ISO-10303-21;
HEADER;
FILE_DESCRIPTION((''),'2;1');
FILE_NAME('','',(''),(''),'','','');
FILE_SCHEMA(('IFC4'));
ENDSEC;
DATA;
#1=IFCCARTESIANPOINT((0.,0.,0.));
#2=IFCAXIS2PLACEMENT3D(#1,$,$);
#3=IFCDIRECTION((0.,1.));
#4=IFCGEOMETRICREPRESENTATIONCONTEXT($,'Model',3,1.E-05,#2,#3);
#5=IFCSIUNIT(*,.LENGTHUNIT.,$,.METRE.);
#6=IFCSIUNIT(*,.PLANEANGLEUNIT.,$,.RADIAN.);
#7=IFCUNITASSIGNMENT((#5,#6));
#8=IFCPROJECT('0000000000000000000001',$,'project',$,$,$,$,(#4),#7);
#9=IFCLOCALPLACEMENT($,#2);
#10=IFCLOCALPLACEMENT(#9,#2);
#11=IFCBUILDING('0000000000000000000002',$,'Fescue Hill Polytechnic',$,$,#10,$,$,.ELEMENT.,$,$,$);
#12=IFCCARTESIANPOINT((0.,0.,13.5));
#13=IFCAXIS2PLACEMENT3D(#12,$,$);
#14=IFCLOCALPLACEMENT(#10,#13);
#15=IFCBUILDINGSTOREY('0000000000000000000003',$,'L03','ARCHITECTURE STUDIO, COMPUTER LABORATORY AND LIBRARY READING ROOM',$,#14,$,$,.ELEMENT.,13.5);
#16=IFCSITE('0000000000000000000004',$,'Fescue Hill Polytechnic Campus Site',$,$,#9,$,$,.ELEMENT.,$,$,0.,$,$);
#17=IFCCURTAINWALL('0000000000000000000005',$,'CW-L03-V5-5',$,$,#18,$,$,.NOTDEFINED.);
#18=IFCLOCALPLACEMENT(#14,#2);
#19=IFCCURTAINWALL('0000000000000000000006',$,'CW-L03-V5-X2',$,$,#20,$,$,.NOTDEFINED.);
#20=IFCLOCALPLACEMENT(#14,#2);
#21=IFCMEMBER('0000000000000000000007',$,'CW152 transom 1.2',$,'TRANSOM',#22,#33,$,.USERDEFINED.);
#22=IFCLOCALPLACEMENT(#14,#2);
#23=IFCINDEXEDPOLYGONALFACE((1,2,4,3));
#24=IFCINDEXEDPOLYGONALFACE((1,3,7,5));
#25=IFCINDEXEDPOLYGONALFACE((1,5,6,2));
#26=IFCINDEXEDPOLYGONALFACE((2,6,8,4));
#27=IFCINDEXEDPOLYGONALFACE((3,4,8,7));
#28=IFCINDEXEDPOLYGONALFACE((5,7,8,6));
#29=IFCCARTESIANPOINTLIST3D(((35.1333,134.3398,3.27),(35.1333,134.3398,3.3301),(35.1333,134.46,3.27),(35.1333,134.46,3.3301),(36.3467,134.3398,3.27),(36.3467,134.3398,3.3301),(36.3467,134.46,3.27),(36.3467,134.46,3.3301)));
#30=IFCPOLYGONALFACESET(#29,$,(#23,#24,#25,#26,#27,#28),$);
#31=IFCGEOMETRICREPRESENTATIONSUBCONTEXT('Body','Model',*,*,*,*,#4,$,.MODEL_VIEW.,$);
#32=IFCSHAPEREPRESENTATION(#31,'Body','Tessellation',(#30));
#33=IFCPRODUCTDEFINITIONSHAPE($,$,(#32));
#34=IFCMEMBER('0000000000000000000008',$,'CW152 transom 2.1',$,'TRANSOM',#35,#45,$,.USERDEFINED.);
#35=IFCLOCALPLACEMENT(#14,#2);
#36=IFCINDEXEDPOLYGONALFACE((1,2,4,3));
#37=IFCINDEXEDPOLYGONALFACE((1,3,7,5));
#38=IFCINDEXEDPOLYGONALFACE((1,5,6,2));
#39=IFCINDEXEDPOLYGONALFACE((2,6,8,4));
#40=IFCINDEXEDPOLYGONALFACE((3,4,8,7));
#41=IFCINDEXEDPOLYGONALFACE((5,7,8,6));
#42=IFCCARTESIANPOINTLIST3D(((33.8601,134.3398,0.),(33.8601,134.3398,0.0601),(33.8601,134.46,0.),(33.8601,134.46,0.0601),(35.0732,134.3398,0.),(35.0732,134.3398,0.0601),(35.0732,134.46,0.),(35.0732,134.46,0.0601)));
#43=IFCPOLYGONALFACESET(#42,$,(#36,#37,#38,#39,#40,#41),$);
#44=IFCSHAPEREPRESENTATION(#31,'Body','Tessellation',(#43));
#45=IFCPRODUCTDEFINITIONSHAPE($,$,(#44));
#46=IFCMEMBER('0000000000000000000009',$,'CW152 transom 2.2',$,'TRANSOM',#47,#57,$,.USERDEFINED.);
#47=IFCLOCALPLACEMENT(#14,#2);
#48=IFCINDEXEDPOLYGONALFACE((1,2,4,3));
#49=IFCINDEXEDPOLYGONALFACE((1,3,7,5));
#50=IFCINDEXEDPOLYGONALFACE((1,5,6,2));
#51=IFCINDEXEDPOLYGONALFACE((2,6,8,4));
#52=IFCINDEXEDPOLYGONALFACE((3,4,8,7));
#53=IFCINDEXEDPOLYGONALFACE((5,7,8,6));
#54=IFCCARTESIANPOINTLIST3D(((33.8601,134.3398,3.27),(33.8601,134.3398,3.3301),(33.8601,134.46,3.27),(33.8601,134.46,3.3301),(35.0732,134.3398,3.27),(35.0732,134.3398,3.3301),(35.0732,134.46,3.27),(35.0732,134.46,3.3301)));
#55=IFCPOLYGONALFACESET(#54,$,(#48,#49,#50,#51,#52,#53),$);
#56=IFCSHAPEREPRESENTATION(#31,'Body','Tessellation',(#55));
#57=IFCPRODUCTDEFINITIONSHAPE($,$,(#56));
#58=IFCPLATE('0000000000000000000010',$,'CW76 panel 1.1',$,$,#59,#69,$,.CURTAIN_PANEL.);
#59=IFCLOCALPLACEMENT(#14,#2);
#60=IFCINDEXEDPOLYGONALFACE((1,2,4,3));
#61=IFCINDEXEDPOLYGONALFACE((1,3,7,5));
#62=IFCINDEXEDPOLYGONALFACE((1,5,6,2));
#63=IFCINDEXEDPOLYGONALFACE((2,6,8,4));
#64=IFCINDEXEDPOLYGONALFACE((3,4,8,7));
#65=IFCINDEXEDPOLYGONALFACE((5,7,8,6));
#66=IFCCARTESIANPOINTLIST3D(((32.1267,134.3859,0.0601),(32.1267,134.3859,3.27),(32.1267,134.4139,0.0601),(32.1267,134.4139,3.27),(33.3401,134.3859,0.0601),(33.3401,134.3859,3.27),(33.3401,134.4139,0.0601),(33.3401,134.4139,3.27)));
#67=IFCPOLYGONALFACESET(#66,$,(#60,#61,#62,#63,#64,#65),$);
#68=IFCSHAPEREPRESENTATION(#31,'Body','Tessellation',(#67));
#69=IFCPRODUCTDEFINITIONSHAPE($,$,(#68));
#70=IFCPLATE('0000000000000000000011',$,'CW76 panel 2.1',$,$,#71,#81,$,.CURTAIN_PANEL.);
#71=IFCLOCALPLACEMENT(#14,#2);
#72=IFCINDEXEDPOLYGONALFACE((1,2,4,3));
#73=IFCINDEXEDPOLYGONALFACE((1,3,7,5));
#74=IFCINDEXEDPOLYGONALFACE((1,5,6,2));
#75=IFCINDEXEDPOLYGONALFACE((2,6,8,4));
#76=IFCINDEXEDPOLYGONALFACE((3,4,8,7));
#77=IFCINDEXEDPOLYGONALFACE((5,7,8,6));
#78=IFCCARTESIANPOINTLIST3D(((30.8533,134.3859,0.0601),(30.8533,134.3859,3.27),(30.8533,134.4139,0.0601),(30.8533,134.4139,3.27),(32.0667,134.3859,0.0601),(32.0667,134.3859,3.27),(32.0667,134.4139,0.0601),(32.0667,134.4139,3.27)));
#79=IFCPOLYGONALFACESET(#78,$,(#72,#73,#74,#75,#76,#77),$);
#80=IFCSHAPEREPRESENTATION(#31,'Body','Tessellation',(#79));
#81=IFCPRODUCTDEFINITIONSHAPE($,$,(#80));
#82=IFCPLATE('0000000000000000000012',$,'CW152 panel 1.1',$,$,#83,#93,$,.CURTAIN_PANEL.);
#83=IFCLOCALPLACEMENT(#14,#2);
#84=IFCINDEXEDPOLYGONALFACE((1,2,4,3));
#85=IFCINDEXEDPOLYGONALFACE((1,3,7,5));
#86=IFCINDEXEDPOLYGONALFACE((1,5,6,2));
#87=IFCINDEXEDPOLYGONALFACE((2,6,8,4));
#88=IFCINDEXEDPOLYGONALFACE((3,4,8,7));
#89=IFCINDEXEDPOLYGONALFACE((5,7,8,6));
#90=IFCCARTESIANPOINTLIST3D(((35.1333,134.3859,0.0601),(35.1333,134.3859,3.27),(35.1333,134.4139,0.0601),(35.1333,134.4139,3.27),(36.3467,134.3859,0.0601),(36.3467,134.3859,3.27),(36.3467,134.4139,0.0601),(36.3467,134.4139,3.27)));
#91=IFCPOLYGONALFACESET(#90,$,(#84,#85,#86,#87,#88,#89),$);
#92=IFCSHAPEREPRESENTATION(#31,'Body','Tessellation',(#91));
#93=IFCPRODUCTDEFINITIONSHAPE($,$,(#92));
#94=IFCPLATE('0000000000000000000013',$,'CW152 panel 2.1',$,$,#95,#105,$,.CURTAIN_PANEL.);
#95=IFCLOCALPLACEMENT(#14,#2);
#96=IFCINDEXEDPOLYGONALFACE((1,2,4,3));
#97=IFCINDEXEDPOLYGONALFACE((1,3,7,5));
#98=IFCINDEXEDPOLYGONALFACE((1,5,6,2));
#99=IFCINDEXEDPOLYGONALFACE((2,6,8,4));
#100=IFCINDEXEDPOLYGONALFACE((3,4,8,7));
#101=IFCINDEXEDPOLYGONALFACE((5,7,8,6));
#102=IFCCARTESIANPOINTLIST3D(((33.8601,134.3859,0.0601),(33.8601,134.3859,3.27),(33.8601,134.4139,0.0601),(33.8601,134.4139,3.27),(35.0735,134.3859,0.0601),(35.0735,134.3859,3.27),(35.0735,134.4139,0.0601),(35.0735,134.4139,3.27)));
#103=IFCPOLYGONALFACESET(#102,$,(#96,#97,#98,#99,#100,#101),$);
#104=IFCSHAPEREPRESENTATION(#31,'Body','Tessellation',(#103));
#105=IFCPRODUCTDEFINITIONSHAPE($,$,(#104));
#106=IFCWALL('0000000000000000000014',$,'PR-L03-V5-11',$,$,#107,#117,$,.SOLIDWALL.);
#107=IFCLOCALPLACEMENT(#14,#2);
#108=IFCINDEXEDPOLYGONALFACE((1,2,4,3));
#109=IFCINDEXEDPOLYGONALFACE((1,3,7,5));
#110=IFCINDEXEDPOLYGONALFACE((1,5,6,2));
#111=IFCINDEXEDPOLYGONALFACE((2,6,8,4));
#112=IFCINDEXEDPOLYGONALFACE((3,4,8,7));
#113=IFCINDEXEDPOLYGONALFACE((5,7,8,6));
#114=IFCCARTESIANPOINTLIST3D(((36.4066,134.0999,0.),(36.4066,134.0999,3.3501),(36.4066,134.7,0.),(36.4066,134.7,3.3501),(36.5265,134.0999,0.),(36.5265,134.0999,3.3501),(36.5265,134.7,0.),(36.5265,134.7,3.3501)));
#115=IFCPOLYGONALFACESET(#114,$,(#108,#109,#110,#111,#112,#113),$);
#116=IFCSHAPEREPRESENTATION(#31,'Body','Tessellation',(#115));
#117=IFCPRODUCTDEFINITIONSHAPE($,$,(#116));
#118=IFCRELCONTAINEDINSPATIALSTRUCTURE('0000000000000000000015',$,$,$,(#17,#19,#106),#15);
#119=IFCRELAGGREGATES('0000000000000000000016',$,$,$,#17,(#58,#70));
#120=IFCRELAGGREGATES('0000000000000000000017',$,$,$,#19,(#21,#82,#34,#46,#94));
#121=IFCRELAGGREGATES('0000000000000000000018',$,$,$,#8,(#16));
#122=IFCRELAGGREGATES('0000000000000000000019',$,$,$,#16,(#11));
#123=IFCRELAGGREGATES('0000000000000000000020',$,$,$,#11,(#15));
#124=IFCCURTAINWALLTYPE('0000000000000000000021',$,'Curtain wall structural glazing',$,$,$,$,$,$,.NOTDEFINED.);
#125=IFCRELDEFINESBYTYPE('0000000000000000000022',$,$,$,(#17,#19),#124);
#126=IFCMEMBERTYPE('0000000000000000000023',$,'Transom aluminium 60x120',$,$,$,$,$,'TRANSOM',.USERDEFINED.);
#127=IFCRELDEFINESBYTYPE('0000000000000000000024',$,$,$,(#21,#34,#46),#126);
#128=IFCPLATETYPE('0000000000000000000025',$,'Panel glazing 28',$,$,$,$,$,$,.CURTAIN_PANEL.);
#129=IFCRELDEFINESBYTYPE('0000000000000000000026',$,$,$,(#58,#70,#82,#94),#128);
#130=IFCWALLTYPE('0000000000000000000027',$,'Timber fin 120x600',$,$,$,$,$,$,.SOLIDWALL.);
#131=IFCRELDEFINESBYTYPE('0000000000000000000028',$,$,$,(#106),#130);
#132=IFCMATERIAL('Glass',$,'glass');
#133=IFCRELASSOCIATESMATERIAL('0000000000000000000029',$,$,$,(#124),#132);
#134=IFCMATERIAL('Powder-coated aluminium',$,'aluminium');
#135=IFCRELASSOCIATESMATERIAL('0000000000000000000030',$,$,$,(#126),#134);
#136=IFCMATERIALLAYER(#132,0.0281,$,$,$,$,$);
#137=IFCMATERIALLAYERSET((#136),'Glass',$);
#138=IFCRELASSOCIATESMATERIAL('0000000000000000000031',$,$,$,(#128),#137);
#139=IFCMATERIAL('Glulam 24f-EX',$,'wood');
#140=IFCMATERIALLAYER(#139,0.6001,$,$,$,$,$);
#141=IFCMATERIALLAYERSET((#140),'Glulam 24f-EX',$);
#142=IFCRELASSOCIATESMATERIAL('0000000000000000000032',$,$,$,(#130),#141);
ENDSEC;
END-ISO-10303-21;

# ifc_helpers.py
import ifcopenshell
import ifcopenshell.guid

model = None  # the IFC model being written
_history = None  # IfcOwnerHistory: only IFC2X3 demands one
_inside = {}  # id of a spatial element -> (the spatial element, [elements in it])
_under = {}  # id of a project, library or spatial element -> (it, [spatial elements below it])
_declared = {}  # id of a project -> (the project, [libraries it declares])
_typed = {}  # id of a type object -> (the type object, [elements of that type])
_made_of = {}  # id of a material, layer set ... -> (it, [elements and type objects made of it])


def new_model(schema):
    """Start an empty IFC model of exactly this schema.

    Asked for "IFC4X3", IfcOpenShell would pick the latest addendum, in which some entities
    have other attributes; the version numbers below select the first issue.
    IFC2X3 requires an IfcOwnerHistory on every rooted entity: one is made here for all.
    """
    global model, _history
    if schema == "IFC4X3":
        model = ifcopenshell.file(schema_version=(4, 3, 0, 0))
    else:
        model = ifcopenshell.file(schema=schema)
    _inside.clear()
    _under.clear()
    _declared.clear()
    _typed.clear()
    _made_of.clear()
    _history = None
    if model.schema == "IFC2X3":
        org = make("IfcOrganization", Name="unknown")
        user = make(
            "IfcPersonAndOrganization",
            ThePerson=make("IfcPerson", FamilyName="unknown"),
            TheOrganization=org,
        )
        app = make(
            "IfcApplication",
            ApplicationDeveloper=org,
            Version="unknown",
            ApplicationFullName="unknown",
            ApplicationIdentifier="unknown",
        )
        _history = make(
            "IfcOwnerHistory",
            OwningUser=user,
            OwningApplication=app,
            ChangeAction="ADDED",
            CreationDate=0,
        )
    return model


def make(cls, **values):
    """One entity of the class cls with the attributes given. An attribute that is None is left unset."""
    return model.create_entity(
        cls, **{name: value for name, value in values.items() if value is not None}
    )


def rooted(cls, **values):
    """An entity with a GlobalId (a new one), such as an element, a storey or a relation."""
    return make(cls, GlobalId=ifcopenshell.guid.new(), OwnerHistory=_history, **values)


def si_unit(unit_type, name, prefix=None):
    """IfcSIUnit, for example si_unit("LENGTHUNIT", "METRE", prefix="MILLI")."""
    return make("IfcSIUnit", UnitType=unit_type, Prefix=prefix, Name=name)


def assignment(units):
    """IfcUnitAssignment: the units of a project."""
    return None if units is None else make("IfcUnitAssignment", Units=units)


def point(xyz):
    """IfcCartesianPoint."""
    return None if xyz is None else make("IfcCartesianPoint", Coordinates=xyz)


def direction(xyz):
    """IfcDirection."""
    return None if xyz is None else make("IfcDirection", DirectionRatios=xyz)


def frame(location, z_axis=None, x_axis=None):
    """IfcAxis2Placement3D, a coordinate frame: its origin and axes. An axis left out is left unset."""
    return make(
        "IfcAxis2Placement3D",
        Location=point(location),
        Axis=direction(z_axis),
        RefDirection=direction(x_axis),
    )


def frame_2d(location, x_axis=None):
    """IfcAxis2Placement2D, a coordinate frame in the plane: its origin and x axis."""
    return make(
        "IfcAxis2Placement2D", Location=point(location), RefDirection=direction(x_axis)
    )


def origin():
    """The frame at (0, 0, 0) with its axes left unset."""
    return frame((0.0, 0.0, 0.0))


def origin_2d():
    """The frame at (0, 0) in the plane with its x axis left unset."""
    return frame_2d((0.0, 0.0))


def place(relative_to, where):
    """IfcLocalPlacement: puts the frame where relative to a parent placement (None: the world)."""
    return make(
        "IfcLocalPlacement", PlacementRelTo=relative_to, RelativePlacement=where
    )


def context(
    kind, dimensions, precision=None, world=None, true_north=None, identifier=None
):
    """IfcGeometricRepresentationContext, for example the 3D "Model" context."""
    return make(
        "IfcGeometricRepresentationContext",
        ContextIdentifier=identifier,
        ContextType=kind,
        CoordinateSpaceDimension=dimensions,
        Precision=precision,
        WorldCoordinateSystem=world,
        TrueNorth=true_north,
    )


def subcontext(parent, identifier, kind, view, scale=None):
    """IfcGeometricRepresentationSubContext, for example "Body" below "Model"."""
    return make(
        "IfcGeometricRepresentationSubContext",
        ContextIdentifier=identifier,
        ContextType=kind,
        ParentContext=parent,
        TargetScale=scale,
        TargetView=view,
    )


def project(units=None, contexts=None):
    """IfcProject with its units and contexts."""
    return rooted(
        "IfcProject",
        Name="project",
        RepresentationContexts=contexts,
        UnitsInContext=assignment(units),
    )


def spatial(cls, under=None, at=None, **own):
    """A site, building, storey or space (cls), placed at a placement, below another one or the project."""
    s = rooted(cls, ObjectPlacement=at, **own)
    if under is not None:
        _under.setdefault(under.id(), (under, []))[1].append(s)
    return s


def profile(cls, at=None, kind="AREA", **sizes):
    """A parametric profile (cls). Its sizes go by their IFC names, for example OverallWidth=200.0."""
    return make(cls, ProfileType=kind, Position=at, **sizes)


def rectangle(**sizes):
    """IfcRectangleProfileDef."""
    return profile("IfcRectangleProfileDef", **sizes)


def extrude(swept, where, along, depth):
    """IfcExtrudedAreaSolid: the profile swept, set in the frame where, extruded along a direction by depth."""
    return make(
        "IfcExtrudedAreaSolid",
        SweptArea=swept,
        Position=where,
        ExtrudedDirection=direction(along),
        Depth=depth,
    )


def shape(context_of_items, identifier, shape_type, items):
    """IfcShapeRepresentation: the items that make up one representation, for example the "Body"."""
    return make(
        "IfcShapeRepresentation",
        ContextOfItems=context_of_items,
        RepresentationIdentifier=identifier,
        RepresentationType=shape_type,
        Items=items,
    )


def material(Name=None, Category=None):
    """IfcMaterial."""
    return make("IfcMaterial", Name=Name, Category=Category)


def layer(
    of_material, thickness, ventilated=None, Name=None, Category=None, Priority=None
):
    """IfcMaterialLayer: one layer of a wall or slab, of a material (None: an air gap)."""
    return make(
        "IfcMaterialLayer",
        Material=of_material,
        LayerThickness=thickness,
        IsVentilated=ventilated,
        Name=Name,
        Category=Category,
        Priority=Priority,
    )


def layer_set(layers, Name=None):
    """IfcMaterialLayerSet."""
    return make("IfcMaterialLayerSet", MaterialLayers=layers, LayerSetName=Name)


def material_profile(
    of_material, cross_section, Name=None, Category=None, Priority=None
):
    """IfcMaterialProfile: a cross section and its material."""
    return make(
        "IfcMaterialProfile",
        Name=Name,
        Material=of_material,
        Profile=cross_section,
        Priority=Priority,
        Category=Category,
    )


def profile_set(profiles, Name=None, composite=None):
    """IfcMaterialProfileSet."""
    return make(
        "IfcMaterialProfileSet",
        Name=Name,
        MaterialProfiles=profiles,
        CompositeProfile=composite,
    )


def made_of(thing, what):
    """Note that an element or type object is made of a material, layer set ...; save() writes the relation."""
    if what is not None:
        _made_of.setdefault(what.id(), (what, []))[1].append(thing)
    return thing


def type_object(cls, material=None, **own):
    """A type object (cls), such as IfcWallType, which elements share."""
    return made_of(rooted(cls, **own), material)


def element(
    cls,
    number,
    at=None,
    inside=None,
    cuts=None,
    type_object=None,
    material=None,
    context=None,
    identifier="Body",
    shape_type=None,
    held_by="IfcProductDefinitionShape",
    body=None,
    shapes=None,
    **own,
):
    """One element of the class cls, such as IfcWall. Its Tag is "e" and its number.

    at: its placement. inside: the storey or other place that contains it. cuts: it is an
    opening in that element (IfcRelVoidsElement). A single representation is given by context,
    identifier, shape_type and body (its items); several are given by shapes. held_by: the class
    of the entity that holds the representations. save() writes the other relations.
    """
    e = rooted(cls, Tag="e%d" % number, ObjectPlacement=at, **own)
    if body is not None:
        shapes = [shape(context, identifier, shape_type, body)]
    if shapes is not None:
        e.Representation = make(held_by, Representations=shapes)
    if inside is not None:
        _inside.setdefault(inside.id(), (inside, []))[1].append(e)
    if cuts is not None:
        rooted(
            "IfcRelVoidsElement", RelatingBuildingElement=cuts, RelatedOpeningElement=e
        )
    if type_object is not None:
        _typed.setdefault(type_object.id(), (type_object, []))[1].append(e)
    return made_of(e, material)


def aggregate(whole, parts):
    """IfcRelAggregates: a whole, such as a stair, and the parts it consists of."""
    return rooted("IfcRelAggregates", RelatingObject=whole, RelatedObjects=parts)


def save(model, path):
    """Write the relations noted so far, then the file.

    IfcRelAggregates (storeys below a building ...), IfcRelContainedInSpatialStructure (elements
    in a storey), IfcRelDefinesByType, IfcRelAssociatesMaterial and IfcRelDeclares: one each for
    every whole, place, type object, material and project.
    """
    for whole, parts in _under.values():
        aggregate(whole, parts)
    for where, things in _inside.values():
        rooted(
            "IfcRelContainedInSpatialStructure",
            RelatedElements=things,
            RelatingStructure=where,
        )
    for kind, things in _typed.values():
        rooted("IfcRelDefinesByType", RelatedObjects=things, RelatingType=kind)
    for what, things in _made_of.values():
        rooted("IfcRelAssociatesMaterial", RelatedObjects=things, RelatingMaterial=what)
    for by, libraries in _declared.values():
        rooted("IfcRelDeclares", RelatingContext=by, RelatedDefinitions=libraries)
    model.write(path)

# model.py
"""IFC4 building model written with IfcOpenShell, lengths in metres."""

from ifc_helpers import new_model, si_unit, direction, frame, frame_2d, origin, origin_2d, place, context, subcontext, project, spatial, rectangle, extrude, material, layer, layer_set, material_profile, profile_set, type_object, element, aggregate, save


model = new_model("IFC4")

# Units and contexts
model_context = context("Model", 3, precision=1e-05, world=origin(), true_north=direction((0.0, 1.0)))
body_context = subcontext(model_context, "Body", "Model", "MODEL_VIEW")
ifc_project = project(units=[si_unit("LENGTHUNIT", "METRE"), si_unit("PLANEANGLEUNIT", "RADIAN")], contexts=[model_context])

# Site, building, storey
site_placement = place(None, origin())
site = spatial("IfcSite", under=ifc_project, at=site_placement, Name="Fescue Hill Polytechnic Campus Site", CompositionType="ELEMENT", RefElevation=0.0)
building_placement = place(site_placement, origin())
building = spatial("IfcBuilding", under=site, at=building_placement, Name="Fescue Hill Polytechnic", CompositionType="ELEMENT")
storey_placement = place(building_placement, frame((0.0, 0.0, 13.5)))
storey = spatial("IfcBuildingStorey", under=building, at=storey_placement, Name="L03", Description="ARCHITECTURE STUDIO, COMPUTER LABORATORY AND LIBRARY READING ROOM", CompositionType="ELEMENT", Elevation=13.5)

# Curtain walls
ifc_material_1 = material(Name="Glass", Category="glass")
curtain_wall_type = type_object("IfcCurtainWallType", Name="Curtain wall structural glazing", PredefinedType="NOTDEFINED", material=ifc_material_1)
curtain_wall_1_placement = place(storey_placement, origin())
curtain_wall_1 = element("IfcCurtainWall", 1, at=curtain_wall_1_placement, inside=storey, type_object=curtain_wall_type, Name="CW-L03-V5-5", PredefinedType="NOTDEFINED")
ifc_material_2 = material(Name="Powder-coated aluminium", Category="aluminium")
curtain_wall_2_placement = place(storey_placement, origin())
curtain_wall_2 = element("IfcCurtainWall", 2, at=curtain_wall_2_placement, inside=storey, type_object=curtain_wall_type, Name="CW-L03-V5-X2", PredefinedType="NOTDEFINED")

# Members
ifc_material_profile_1 = material_profile(ifc_material_2, rectangle(XDim=0.1201, YDim=0.0601, at=origin_2d()), Name="Transom aluminium 60x120")
ifc_profile_set_1 = profile_set([ifc_material_profile_1], Name="Powder-coated aluminium")
member_type_1 = type_object("IfcMemberType", Name="Transom aluminium 60x120", ElementType="TRANSOM", PredefinedType="USERDEFINED", material=ifc_profile_set_1)
member_1_placement = place(storey_placement, frame((36.3467, 134.3999, 3.3), z_axis=(-1.0, 0.0, 0.0), x_axis=(0.0, -1.0, 0.0)))
member_1 = element("IfcMember", 3, at=member_1_placement, type_object=member_type_1, Name="CW152 transom 1.2", ObjectType="TRANSOM", PredefinedType="USERDEFINED", context=body_context, shape_type="SweptSolid", body=[
    extrude(rectangle(XDim=0.1201, YDim=0.0601, at=origin_2d()), origin(), (0.0, 0.0, 1.0), 1.2134),
])
member_2_placement = place(storey_placement, frame((35.0732, 134.3999, 0.03), z_axis=(-1.0, 0.0, 0.0), x_axis=(0.0, -1.0, 0.0)))
member_2 = element("IfcMember", 4, at=member_2_placement, type_object=member_type_1, Name="CW152 transom 2.1", ObjectType="TRANSOM", PredefinedType="USERDEFINED", context=body_context, shape_type="SweptSolid", body=[
    extrude(rectangle(XDim=0.1201, YDim=0.0601, at=origin_2d()), origin(), (0.0, 0.0, 1.0), 1.2131),
])
member_3_placement = place(storey_placement, frame((35.0732, 134.3999, 3.3), z_axis=(-1.0, 0.0, 0.0), x_axis=(0.0, -1.0, 0.0)))
member_3 = element("IfcMember", 5, at=member_3_placement, type_object=member_type_1, Name="CW152 transom 2.2", ObjectType="TRANSOM", PredefinedType="USERDEFINED", context=body_context, shape_type="SweptSolid", body=[
    extrude(rectangle(XDim=0.1201, YDim=0.0601, at=origin_2d()), origin(), (0.0, 0.0, 1.0), 1.2131),
])

# Plates
ifc_layer_1 = layer(ifc_material_1, 0.0281)
ifc_layer_set_1 = layer_set([ifc_layer_1], Name="Glass")
plate_type = type_object("IfcPlateType", Name="Panel glazing 28", PredefinedType="CURTAIN_PANEL", material=ifc_layer_set_1)
plate_1_placement = place(storey_placement, frame((32.7334, 134.3999, 0.0601), z_axis=(0.0, 0.0, 1.0), x_axis=(-1.0, 0.0, 0.0)))
plate_1 = element("IfcPlate", 6, at=plate_1_placement, type_object=plate_type, Name="CW76 panel 1.1", PredefinedType="CURTAIN_PANEL", context=body_context, shape_type="SweptSolid", body=[
    extrude(rectangle(XDim=1.2134, YDim=0.0281, at=origin_2d()), origin(), (0.0, 0.0, 1.0), 3.21),
])
plate_2_placement = place(storey_placement, frame((31.46, 134.3999, 0.0601), z_axis=(0.0, 0.0, 1.0), x_axis=(-1.0, 0.0, 0.0)))
plate_2 = element("IfcPlate", 7, at=plate_2_placement, type_object=plate_type, Name="CW76 panel 2.1", PredefinedType="CURTAIN_PANEL", context=body_context, shape_type="SweptSolid", body=[
    extrude(rectangle(XDim=1.2134, YDim=0.0281, at=origin_2d()), origin(), (0.0, 0.0, 1.0), 3.21),
])
aggregate(curtain_wall_1, [plate_1, plate_2])
plate_3_placement = place(storey_placement, frame((35.74, 134.3999, 0.0601), z_axis=(0.0, 0.0, 1.0), x_axis=(-1.0, 0.0, 0.0)))
plate_3 = element("IfcPlate", 8, at=plate_3_placement, type_object=plate_type, Name="CW152 panel 1.1", PredefinedType="CURTAIN_PANEL", context=body_context, shape_type="SweptSolid", body=[
    extrude(rectangle(XDim=1.2134, YDim=0.0281, at=origin_2d()), origin(), (0.0, 0.0, 1.0), 3.21),
])
plate_4_placement = place(storey_placement, frame((34.4668, 134.3999, 0.0601), z_axis=(0.0, 0.0, 1.0), x_axis=(-1.0, 0.0, 0.0)))
plate_4 = element("IfcPlate", 9, at=plate_4_placement, type_object=plate_type, Name="CW152 panel 2.1", PredefinedType="CURTAIN_PANEL", context=body_context, shape_type="SweptSolid", body=[
    extrude(rectangle(XDim=1.2134, YDim=0.0281, at=origin_2d()), origin(), (0.0, 0.0, 1.0), 3.21),
])
aggregate(curtain_wall_2, [member_1, plate_3, member_2, member_3, plate_4])

# Wall
ifc_material_3 = material(Name="Glulam 24f-EX", Category="wood")
ifc_layer_2 = layer(ifc_material_3, 0.6001)
ifc_layer_set_2 = layer_set([ifc_layer_2], Name="Glulam 24f-EX")
wall_type = type_object("IfcWallType", Name="Timber fin 120x600", PredefinedType="SOLIDWALL", material=ifc_layer_set_2)
wall_placement = place(storey_placement, frame((36.5266, 134.3999, 0.0), z_axis=(0.0, 0.0, 1.0), x_axis=(-1.0, 0.0, 0.0)))
element("IfcWall", 10, at=wall_placement, inside=storey, type_object=wall_type, Name="PR-L03-V5-11", PredefinedType="SOLIDWALL", context=body_context, shape_type="SweptSolid", body=[
    extrude(rectangle(XDim=0.1199, YDim=0.6001, at=frame_2d((0.0601, 0.0))), origin(), (0.0, 0.0, 1.0), 3.3501),
])

save(model, "model.ifc")
